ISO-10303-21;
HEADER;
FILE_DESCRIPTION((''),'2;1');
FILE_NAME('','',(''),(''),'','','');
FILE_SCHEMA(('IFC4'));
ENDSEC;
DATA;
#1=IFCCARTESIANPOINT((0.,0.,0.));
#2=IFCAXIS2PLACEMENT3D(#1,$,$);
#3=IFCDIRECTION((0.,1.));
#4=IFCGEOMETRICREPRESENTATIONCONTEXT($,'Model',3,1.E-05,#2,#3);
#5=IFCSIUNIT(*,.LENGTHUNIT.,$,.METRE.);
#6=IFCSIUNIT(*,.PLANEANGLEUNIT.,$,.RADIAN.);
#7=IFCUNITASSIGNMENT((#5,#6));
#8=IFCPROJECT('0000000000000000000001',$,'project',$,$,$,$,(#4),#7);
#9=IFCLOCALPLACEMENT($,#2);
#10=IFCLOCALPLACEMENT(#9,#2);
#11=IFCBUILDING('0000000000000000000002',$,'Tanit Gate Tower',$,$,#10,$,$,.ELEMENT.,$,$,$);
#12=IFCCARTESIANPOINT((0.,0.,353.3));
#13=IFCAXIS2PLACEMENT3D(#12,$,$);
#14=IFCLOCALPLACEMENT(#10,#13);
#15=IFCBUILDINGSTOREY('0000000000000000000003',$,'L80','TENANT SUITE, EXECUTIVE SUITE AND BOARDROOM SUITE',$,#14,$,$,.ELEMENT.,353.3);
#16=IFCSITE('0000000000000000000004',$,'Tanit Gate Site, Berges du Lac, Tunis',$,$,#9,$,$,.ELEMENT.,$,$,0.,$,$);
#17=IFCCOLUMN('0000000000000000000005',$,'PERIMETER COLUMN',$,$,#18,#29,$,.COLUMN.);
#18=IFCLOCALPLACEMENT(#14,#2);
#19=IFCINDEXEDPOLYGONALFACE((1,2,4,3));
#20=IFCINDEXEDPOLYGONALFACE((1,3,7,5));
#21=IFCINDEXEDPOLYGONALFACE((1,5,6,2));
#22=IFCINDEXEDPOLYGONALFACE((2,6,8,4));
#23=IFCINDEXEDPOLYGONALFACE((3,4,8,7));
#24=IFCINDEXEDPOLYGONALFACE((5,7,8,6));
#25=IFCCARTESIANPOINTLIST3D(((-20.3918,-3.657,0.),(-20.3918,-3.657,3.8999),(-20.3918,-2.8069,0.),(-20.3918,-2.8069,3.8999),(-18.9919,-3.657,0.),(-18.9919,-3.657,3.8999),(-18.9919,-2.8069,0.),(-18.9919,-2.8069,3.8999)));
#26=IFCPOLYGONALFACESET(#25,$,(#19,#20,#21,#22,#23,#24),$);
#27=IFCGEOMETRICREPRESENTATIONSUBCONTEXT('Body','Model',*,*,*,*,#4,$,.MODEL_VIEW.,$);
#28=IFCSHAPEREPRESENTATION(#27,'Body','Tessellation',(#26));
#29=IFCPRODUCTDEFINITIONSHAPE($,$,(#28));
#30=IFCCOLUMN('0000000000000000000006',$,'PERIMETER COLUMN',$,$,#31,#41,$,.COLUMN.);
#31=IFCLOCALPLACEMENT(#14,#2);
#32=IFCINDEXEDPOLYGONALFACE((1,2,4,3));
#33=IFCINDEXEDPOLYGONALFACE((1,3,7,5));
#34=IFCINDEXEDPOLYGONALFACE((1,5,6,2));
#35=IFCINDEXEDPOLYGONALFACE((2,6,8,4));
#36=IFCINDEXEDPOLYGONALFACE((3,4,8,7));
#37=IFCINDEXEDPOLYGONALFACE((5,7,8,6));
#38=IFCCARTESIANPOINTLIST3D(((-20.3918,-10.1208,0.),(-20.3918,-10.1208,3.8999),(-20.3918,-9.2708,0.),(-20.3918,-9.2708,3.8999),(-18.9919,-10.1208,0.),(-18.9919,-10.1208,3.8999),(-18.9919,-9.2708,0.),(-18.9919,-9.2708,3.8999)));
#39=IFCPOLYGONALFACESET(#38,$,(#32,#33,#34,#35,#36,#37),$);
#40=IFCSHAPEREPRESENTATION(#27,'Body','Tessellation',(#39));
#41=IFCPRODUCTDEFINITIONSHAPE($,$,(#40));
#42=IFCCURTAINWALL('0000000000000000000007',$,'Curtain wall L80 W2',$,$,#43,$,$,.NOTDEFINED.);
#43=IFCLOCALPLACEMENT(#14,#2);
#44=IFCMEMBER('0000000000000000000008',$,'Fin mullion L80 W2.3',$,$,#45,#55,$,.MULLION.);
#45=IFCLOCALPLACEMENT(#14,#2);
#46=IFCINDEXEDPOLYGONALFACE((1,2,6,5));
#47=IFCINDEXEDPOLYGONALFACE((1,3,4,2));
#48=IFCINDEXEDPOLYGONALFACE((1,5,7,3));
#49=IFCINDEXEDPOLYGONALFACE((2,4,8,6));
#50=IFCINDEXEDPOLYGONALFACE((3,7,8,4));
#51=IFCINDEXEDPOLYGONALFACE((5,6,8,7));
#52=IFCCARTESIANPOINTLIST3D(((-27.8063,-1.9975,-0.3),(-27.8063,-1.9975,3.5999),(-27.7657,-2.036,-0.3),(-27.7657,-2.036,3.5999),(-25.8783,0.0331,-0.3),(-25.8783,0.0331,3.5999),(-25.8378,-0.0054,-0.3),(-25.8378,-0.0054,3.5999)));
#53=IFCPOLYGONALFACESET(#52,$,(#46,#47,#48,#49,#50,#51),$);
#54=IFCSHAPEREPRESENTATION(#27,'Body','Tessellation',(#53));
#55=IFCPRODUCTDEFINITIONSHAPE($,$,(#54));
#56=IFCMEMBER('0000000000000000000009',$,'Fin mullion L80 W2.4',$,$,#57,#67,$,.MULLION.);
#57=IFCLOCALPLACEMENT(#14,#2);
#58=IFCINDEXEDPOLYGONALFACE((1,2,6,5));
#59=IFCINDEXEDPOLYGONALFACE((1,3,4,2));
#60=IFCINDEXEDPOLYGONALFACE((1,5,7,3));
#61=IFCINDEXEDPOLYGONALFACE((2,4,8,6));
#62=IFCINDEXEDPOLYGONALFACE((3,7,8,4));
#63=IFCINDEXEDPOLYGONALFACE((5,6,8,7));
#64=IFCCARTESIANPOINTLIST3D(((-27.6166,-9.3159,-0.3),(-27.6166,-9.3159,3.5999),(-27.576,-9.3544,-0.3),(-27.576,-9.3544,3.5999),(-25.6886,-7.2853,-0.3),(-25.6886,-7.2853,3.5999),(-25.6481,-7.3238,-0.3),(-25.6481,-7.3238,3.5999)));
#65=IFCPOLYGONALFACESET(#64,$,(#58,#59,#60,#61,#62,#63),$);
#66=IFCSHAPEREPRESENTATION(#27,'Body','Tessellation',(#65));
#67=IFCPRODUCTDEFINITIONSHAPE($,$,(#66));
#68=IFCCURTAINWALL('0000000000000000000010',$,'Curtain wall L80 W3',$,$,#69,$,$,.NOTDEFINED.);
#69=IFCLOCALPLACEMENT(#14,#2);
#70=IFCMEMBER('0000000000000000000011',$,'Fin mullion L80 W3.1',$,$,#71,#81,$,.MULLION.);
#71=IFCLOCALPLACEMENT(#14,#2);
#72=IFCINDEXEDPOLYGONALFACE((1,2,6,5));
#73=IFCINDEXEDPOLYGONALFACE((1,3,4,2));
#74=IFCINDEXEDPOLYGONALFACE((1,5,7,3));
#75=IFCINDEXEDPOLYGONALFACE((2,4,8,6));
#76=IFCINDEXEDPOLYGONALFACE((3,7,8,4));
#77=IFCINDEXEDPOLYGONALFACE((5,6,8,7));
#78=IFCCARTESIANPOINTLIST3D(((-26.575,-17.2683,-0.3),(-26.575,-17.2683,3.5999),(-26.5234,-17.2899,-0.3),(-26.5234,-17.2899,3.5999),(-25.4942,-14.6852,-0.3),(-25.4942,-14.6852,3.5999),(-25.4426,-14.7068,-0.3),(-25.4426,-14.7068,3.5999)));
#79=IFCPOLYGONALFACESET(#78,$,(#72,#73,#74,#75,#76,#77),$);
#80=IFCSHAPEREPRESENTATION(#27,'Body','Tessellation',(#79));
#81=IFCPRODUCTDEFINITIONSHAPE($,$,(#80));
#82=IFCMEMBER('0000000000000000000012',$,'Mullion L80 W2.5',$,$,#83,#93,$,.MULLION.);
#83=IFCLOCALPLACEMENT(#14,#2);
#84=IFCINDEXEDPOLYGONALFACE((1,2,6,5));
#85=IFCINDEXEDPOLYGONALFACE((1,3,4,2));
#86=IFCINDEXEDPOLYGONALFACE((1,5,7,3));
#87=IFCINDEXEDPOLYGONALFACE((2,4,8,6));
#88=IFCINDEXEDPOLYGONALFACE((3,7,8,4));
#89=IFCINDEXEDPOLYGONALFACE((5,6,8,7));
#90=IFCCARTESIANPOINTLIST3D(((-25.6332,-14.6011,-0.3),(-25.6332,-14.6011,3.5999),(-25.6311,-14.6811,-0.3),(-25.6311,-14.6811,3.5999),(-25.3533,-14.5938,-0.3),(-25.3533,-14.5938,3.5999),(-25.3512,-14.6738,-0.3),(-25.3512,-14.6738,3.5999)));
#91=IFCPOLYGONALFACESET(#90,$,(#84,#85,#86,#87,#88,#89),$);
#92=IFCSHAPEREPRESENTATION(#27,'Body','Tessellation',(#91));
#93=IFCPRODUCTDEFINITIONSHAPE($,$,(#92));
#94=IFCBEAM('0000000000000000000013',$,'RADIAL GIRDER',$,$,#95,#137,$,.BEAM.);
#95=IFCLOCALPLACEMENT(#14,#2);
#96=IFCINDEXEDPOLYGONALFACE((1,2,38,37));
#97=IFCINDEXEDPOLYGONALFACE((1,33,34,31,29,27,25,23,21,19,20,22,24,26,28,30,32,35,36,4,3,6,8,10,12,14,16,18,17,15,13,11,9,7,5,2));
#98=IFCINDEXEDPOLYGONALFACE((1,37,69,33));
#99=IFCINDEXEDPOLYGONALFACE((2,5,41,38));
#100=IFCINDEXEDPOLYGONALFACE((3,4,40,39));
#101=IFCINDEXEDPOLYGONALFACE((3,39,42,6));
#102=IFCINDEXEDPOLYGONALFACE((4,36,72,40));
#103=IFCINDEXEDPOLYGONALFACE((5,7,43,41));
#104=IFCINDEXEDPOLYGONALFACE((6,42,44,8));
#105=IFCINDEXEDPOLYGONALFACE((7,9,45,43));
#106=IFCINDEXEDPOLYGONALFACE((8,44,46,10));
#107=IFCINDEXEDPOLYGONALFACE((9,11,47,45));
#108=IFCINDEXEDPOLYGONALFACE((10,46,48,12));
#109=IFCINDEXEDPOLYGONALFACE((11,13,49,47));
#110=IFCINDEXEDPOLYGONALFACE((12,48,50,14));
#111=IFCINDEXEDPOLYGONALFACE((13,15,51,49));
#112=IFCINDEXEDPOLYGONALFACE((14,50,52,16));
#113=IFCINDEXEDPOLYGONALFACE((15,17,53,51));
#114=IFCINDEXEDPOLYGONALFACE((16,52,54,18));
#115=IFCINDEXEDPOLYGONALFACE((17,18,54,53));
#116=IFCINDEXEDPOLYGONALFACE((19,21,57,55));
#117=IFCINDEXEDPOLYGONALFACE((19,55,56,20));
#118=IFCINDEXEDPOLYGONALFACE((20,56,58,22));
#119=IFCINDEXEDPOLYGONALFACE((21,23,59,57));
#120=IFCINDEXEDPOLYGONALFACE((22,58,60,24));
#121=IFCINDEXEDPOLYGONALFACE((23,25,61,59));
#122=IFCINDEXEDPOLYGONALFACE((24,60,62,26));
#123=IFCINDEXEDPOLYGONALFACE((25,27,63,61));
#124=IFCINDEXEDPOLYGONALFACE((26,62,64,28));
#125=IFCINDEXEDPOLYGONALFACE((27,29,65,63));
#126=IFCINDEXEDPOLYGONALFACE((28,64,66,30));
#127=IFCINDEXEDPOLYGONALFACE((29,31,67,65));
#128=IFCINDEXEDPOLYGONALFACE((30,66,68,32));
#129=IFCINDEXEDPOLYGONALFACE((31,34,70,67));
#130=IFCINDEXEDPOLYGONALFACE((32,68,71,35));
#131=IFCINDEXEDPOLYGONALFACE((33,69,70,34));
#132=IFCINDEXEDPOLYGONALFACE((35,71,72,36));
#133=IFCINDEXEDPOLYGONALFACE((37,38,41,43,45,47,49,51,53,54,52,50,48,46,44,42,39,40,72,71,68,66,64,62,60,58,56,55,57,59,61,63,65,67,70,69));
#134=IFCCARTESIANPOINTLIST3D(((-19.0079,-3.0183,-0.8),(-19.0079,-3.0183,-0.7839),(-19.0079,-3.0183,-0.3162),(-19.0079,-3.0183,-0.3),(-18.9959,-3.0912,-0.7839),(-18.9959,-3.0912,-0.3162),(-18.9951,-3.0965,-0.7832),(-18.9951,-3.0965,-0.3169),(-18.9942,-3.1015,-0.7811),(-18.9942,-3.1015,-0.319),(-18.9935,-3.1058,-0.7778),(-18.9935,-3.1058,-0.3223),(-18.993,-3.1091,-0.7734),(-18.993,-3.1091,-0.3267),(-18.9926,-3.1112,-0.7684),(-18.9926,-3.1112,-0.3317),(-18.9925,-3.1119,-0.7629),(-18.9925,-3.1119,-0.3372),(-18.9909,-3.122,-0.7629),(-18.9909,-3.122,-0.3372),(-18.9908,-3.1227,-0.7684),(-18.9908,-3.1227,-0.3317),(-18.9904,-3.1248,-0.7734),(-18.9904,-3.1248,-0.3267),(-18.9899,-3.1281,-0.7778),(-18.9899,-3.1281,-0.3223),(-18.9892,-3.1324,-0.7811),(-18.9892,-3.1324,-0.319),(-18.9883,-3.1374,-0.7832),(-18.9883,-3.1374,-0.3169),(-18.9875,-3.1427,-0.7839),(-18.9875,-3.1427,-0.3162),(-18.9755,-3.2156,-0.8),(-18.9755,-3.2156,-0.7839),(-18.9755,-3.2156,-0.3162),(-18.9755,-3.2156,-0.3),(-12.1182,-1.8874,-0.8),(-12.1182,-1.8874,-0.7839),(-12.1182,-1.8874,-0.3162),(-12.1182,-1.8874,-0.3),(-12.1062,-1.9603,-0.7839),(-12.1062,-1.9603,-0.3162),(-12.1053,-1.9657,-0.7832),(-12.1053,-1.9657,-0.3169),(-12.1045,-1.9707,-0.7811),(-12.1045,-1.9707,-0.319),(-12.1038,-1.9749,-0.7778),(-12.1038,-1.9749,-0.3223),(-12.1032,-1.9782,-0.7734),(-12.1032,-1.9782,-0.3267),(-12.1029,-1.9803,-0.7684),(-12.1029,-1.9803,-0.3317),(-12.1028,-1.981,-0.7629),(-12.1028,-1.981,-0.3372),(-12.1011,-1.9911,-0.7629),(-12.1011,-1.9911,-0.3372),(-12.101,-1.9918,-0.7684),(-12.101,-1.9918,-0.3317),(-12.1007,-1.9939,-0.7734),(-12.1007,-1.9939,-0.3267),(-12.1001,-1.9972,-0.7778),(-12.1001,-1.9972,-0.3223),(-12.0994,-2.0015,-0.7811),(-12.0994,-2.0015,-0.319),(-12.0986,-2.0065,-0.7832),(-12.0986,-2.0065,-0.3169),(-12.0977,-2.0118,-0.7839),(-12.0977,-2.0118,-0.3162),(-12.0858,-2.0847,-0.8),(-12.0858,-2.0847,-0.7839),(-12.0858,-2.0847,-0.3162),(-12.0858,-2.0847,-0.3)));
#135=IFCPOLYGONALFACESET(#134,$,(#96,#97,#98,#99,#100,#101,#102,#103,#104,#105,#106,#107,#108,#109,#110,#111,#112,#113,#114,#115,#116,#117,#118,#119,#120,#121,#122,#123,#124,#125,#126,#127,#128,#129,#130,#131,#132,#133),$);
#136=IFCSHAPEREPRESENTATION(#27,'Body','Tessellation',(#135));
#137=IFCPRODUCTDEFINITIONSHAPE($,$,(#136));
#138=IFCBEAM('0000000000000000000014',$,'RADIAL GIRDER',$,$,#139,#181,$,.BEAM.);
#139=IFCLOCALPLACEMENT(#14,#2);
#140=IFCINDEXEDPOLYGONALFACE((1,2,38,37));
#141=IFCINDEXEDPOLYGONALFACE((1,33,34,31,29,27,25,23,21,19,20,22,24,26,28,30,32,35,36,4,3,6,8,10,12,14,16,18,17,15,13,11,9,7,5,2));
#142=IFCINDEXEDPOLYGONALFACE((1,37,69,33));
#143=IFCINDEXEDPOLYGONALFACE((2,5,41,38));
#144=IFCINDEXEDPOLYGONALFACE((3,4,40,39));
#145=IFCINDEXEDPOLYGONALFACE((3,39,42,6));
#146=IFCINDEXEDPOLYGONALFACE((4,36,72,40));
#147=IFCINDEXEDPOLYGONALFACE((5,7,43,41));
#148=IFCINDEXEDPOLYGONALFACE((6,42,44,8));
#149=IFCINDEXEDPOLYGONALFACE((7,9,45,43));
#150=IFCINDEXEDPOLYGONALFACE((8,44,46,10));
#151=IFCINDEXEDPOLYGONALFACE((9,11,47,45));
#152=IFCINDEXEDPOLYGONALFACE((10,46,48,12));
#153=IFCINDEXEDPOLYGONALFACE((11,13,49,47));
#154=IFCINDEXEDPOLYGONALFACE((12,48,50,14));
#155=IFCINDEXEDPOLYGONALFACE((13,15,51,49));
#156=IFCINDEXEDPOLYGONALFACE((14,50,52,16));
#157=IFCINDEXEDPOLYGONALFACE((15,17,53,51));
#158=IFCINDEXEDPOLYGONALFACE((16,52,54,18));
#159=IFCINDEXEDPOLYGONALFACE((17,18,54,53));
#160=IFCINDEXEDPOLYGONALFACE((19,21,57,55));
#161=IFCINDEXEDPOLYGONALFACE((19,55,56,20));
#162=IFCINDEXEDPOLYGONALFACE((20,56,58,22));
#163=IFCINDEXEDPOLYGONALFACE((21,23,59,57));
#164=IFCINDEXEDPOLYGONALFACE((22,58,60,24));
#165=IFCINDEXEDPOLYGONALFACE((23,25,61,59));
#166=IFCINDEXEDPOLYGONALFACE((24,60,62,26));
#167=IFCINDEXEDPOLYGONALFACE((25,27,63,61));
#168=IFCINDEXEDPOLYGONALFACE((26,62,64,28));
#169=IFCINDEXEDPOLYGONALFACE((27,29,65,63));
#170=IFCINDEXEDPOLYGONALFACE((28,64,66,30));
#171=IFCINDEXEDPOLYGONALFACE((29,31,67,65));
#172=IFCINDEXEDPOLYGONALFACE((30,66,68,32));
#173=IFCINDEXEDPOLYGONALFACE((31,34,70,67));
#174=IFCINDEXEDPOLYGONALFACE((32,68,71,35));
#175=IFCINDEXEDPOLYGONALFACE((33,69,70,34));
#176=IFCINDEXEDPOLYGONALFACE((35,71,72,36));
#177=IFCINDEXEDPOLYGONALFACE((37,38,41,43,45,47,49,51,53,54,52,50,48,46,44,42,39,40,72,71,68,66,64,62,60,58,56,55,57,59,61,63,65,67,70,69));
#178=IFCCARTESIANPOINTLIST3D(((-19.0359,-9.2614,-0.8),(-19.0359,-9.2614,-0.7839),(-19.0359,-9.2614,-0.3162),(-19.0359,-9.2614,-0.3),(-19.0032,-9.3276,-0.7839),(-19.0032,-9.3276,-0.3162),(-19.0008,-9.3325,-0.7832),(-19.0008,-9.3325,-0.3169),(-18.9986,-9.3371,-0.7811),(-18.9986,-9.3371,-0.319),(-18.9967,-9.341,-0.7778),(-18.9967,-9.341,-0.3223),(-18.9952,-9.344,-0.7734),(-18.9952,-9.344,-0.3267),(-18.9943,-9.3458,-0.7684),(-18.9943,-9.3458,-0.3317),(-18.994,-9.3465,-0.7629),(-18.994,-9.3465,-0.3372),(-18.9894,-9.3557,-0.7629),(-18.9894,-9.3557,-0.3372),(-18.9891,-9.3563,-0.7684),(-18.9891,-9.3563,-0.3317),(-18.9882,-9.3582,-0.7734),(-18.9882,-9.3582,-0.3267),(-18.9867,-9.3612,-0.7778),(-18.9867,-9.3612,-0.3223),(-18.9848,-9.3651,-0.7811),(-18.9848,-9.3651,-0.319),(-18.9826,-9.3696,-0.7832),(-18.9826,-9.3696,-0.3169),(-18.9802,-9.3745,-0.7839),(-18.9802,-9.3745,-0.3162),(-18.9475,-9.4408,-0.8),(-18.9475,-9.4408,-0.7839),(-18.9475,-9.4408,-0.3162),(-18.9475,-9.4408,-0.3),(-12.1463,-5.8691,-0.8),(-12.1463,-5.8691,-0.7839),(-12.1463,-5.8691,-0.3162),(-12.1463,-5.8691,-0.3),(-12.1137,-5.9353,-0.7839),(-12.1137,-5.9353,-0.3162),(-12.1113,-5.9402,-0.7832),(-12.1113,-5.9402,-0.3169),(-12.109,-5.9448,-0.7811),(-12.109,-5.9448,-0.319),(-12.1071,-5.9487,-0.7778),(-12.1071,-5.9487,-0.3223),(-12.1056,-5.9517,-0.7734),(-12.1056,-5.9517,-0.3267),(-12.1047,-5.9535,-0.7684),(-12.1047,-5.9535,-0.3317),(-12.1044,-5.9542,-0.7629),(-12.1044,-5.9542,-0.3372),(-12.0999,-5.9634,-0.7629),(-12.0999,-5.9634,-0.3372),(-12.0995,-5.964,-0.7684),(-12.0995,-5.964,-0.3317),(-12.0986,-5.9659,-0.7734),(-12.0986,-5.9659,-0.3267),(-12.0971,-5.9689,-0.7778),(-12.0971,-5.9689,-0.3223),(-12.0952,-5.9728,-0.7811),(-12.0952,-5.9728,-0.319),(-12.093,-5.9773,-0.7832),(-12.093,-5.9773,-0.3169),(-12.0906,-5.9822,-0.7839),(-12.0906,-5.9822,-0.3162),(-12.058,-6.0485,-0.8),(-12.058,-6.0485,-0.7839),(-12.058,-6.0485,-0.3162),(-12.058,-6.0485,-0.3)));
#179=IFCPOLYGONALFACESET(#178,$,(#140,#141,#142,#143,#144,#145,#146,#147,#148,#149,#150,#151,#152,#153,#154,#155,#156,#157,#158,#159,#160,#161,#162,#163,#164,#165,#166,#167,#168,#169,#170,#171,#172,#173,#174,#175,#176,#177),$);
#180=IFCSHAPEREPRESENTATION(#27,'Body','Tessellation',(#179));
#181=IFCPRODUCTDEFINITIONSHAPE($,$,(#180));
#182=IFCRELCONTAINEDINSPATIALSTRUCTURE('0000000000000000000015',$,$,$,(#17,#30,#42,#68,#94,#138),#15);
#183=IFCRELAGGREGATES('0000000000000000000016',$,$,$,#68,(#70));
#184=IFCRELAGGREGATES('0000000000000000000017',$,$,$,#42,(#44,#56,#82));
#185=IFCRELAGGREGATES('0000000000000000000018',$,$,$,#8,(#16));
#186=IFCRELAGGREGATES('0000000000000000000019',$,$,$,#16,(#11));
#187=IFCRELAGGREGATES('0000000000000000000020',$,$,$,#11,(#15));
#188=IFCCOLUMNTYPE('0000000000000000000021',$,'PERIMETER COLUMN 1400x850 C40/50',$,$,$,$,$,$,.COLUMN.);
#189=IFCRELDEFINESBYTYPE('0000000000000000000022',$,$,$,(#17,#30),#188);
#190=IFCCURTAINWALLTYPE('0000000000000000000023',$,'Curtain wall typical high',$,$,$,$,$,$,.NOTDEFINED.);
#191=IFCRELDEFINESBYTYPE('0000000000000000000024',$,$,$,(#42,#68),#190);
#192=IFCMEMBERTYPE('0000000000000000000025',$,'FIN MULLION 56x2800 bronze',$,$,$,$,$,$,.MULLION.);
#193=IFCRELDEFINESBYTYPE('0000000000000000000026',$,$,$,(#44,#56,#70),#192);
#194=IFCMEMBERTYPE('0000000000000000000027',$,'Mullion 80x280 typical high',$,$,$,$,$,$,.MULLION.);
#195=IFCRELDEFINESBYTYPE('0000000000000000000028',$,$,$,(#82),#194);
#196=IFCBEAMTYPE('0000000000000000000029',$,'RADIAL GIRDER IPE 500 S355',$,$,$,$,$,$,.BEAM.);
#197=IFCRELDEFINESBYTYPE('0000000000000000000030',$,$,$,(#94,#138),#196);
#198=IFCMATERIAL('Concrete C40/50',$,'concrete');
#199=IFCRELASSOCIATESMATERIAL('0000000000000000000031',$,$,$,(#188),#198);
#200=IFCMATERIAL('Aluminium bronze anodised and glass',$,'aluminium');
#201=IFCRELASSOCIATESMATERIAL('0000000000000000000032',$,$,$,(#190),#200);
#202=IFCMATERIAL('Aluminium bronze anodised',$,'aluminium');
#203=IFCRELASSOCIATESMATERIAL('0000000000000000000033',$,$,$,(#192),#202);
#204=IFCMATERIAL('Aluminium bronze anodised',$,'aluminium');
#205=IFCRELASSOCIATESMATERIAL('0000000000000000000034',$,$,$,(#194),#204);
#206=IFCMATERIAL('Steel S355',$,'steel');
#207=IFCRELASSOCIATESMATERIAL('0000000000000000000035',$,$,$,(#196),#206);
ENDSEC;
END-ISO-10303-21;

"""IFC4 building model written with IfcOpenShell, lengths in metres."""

from ifc_helpers import new_model, si_unit, direction, frame, origin, origin_2d, place, context, subcontext, project, spatial, rectangle, i_section, extrude, material, material_profile, profile_set, type_object, element, aggregate, save


model = new_model("IFC4")

# Units and contexts
model_context = context("Model", 3, precision=1e-05, world=origin(), true_north=direction((0.0, 1.0)))
body_context = subcontext(model_context, "Body", "Model", "MODEL_VIEW")
ifc_project = project(units=[si_unit("LENGTHUNIT", "METRE"), si_unit("PLANEANGLEUNIT", "RADIAN")], contexts=[model_context])

# Site, building, storey
site_placement = place(None, origin())
site = spatial("IfcSite", under=ifc_project, at=site_placement, Name="Tanit Gate Site, Berges du Lac, Tunis", CompositionType="ELEMENT", RefElevation=0.0)
building_placement = place(site_placement, origin())
building = spatial("IfcBuilding", under=site, at=building_placement, Name="Tanit Gate Tower", CompositionType="ELEMENT")
storey_placement = place(building_placement, frame((0.0, 0.0, 353.3)))
storey = spatial("IfcBuildingStorey", under=building, at=storey_placement, Name="L80", Description="TENANT SUITE, EXECUTIVE SUITE AND BOARDROOM SUITE", CompositionType="ELEMENT", Elevation=353.3)

# Columns
ifc_material_1 = material(Name="Concrete C40/50", Category="concrete")
ifc_material_profile_1 = material_profile(ifc_material_1, rectangle(XDim=1.3999, YDim=0.8501, at=origin_2d()), Name="RC 1400x850")
ifc_profile_set_1 = profile_set([ifc_material_profile_1], Name="Concrete C40/50")
column_type = type_object("IfcColumnType", Name="PERIMETER COLUMN 1400x850 C40/50", PredefinedType="COLUMN", material=ifc_profile_set_1)
for number, where, z_axis, x_axis, name in (
    (1, (-19.6919, -3.2319, 0.0), (0.0, 0.0, 1.0), (-1.0, 0.0, 0.0), "PERIMETER COLUMN"),
    (2, (-19.6919, -9.6958, 0.0), (0.0, 0.0, 1.0), (-1.0, 0.0, 0.0), "PERIMETER COLUMN"),
):
    element("IfcColumn", number, at=place(storey_placement, frame(where, z_axis=z_axis, x_axis=x_axis)), inside=storey, type_object=column_type, Name=name, PredefinedType="COLUMN", context=body_context, shape_type="SweptSolid", body=[
        extrude(rectangle(XDim=1.3999, YDim=0.8501, at=origin_2d()), origin(), (0.0, 0.0, 1.0), 3.8999),
    ])

# Curtain wall, members
ifc_material_2 = material(Name="Aluminium bronze anodised and glass", Category="aluminium")
curtain_wall_type = type_object("IfcCurtainWallType", Name="Curtain wall typical high", PredefinedType="NOTDEFINED", material=ifc_material_2)
curtain_wall_1_placement = place(storey_placement, origin())
curtain_wall_1 = element("IfcCurtainWall", 3, at=curtain_wall_1_placement, inside=storey, type_object=curtain_wall_type, Name="Curtain wall L80 W2", PredefinedType="NOTDEFINED")
ifc_material_3 = material(Name="Aluminium bronze anodised", Category="aluminium")
ifc_material_profile_2 = material_profile(ifc_material_3, rectangle(XDim=2.8, YDim=0.0559, at=origin_2d()), Name="56x2800 bronze fin mullion")
ifc_profile_set_2 = profile_set([ifc_material_profile_2], Name="Aluminium bronze anodised")
member_type_1 = type_object("IfcMemberType", Name="FIN MULLION 56x2800 bronze", PredefinedType="MULLION", material=ifc_profile_set_2)
member_1_placement = place(storey_placement, frame((-26.822, -1.0015, -0.3), z_axis=(0.0, 0.0, 1.0), x_axis=(0.688538, 0.7252, 0.0)))
member_1 = element("IfcMember", 4, at=member_1_placement, type_object=member_type_1, Name="Fin mullion L80 W2.3", PredefinedType="MULLION", context=body_context, shape_type="SweptSolid", body=[
    extrude(rectangle(XDim=2.8, YDim=0.0559, at=origin_2d()), origin(), (0.0, 0.0, 1.0), 3.8999),
])
member_2_placement = place(storey_placement, frame((-26.6323, -8.3198, -0.3), z_axis=(0.0, 0.0, 1.0), x_axis=(0.688538, 0.7252, 0.0)))
member_2 = element("IfcMember", 5, at=member_2_placement, type_object=member_type_1, Name="Fin mullion L80 W2.4", PredefinedType="MULLION", context=body_context, shape_type="SweptSolid", body=[
    extrude(rectangle(XDim=2.8, YDim=0.0559, at=origin_2d()), origin(), (0.0, 0.0, 1.0), 3.8999),
])

# Curtain wall, member
curtain_wall_2_placement = place(storey_placement, origin())
curtain_wall_2 = element("IfcCurtainWall", 6, at=curtain_wall_2_placement, inside=storey, type_object=curtain_wall_type, Name="Curtain wall L80 W3", PredefinedType="NOTDEFINED")
member_3_placement = place(storey_placement, frame((-26.0088, -15.9875, -0.3), z_axis=(0.0, 0.0, 1.0), x_axis=(0.386007, 0.922496, 0.0)))
member_3 = element("IfcMember", 7, at=member_3_placement, type_object=member_type_1, Name="Fin mullion L80 W3.1", PredefinedType="MULLION", context=body_context, shape_type="SweptSolid", body=[
    extrude(rectangle(XDim=2.8, YDim=0.0559, at=origin_2d()), origin(), (0.0, 0.0, 1.0), 3.8999),
])

# Member
ifc_material_4 = material(Name="Aluminium bronze anodised", Category="aluminium")
ifc_material_profile_3 = material_profile(ifc_material_4, rectangle(XDim=0.28, YDim=0.0801, at=origin_2d()), Name="80x280 bronze mullion")
ifc_profile_set_3 = profile_set([ifc_material_profile_3], Name="Aluminium bronze anodised")
member_type_2 = type_object("IfcMemberType", Name="Mullion 80x280 typical high", PredefinedType="MULLION", material=ifc_profile_set_3)
member_4_placement = place(storey_placement, frame((-25.4922, -14.6375, -0.3), z_axis=(0.0, 0.0, 1.0), x_axis=(0.999664, 0.025924, 0.0)))
member_4 = element("IfcMember", 8, at=member_4_placement, type_object=member_type_2, Name="Mullion L80 W2.5", PredefinedType="MULLION", context=body_context, shape_type="SweptSolid", body=[
    extrude(rectangle(XDim=0.28, YDim=0.0801, at=origin_2d()), origin(), (0.0, 0.0, 1.0), 3.8999),
])

# Beams
ifc_material_5 = material(Name="Steel S355", Category="steel")
ifc_material_profile_4 = material_profile(ifc_material_5, i_section(OverallWidth=0.2, OverallDepth=0.5, WebThickness=0.0103, FlangeThickness=0.0161, FilletRadius=0.021, at=origin_2d()), Name="IPE 500")
ifc_profile_set_4 = profile_set([ifc_material_profile_4], Name="Steel S355")
beam_type_1 = type_object("IfcBeamType", Name="RADIAL GIRDER IPE 500 S355", PredefinedType="BEAM", material=ifc_profile_set_4)
beam_1_placement = place(storey_placement, frame((-18.9917, -3.1169, -0.55), z_axis=(0.986795, 0.161972, 0.0), x_axis=(-0.161972, 0.986795, 0.0)))
element("IfcBeam", 9, at=beam_1_placement, inside=storey, type_object=beam_type_1, Name="RADIAL GIRDER", PredefinedType="BEAM", context=body_context, shape_type="SweptSolid", body=[
    extrude(i_section(OverallWidth=0.2, OverallDepth=0.5, WebThickness=0.0103, FlangeThickness=0.0161, FilletRadius=0.021, at=origin_2d()), origin(), (0.0, 0.0, 1.0), 6.9819),
])
beam_2_placement = place(storey_placement, frame((-18.9917, -9.3511, -0.55), z_axis=(0.897145, 0.441737, 0.0), x_axis=(-0.441737, 0.897145, 0.0)))
element("IfcBeam", 10, at=beam_2_placement, inside=storey, type_object=beam_type_1, Name="RADIAL GIRDER", PredefinedType="BEAM", context=body_context, shape_type="SweptSolid", body=[
    extrude(i_section(OverallWidth=0.2, OverallDepth=0.5, WebThickness=0.0103, FlangeThickness=0.0161, FilletRadius=0.021, at=origin_2d()), origin(), (0.0, 0.0, 1.0), 7.6794),
])

aggregate(curtain_wall_2, [member_3])

aggregate(curtain_wall_1, [member_1, member_2, member_4])

save(model, "model.ifc")
